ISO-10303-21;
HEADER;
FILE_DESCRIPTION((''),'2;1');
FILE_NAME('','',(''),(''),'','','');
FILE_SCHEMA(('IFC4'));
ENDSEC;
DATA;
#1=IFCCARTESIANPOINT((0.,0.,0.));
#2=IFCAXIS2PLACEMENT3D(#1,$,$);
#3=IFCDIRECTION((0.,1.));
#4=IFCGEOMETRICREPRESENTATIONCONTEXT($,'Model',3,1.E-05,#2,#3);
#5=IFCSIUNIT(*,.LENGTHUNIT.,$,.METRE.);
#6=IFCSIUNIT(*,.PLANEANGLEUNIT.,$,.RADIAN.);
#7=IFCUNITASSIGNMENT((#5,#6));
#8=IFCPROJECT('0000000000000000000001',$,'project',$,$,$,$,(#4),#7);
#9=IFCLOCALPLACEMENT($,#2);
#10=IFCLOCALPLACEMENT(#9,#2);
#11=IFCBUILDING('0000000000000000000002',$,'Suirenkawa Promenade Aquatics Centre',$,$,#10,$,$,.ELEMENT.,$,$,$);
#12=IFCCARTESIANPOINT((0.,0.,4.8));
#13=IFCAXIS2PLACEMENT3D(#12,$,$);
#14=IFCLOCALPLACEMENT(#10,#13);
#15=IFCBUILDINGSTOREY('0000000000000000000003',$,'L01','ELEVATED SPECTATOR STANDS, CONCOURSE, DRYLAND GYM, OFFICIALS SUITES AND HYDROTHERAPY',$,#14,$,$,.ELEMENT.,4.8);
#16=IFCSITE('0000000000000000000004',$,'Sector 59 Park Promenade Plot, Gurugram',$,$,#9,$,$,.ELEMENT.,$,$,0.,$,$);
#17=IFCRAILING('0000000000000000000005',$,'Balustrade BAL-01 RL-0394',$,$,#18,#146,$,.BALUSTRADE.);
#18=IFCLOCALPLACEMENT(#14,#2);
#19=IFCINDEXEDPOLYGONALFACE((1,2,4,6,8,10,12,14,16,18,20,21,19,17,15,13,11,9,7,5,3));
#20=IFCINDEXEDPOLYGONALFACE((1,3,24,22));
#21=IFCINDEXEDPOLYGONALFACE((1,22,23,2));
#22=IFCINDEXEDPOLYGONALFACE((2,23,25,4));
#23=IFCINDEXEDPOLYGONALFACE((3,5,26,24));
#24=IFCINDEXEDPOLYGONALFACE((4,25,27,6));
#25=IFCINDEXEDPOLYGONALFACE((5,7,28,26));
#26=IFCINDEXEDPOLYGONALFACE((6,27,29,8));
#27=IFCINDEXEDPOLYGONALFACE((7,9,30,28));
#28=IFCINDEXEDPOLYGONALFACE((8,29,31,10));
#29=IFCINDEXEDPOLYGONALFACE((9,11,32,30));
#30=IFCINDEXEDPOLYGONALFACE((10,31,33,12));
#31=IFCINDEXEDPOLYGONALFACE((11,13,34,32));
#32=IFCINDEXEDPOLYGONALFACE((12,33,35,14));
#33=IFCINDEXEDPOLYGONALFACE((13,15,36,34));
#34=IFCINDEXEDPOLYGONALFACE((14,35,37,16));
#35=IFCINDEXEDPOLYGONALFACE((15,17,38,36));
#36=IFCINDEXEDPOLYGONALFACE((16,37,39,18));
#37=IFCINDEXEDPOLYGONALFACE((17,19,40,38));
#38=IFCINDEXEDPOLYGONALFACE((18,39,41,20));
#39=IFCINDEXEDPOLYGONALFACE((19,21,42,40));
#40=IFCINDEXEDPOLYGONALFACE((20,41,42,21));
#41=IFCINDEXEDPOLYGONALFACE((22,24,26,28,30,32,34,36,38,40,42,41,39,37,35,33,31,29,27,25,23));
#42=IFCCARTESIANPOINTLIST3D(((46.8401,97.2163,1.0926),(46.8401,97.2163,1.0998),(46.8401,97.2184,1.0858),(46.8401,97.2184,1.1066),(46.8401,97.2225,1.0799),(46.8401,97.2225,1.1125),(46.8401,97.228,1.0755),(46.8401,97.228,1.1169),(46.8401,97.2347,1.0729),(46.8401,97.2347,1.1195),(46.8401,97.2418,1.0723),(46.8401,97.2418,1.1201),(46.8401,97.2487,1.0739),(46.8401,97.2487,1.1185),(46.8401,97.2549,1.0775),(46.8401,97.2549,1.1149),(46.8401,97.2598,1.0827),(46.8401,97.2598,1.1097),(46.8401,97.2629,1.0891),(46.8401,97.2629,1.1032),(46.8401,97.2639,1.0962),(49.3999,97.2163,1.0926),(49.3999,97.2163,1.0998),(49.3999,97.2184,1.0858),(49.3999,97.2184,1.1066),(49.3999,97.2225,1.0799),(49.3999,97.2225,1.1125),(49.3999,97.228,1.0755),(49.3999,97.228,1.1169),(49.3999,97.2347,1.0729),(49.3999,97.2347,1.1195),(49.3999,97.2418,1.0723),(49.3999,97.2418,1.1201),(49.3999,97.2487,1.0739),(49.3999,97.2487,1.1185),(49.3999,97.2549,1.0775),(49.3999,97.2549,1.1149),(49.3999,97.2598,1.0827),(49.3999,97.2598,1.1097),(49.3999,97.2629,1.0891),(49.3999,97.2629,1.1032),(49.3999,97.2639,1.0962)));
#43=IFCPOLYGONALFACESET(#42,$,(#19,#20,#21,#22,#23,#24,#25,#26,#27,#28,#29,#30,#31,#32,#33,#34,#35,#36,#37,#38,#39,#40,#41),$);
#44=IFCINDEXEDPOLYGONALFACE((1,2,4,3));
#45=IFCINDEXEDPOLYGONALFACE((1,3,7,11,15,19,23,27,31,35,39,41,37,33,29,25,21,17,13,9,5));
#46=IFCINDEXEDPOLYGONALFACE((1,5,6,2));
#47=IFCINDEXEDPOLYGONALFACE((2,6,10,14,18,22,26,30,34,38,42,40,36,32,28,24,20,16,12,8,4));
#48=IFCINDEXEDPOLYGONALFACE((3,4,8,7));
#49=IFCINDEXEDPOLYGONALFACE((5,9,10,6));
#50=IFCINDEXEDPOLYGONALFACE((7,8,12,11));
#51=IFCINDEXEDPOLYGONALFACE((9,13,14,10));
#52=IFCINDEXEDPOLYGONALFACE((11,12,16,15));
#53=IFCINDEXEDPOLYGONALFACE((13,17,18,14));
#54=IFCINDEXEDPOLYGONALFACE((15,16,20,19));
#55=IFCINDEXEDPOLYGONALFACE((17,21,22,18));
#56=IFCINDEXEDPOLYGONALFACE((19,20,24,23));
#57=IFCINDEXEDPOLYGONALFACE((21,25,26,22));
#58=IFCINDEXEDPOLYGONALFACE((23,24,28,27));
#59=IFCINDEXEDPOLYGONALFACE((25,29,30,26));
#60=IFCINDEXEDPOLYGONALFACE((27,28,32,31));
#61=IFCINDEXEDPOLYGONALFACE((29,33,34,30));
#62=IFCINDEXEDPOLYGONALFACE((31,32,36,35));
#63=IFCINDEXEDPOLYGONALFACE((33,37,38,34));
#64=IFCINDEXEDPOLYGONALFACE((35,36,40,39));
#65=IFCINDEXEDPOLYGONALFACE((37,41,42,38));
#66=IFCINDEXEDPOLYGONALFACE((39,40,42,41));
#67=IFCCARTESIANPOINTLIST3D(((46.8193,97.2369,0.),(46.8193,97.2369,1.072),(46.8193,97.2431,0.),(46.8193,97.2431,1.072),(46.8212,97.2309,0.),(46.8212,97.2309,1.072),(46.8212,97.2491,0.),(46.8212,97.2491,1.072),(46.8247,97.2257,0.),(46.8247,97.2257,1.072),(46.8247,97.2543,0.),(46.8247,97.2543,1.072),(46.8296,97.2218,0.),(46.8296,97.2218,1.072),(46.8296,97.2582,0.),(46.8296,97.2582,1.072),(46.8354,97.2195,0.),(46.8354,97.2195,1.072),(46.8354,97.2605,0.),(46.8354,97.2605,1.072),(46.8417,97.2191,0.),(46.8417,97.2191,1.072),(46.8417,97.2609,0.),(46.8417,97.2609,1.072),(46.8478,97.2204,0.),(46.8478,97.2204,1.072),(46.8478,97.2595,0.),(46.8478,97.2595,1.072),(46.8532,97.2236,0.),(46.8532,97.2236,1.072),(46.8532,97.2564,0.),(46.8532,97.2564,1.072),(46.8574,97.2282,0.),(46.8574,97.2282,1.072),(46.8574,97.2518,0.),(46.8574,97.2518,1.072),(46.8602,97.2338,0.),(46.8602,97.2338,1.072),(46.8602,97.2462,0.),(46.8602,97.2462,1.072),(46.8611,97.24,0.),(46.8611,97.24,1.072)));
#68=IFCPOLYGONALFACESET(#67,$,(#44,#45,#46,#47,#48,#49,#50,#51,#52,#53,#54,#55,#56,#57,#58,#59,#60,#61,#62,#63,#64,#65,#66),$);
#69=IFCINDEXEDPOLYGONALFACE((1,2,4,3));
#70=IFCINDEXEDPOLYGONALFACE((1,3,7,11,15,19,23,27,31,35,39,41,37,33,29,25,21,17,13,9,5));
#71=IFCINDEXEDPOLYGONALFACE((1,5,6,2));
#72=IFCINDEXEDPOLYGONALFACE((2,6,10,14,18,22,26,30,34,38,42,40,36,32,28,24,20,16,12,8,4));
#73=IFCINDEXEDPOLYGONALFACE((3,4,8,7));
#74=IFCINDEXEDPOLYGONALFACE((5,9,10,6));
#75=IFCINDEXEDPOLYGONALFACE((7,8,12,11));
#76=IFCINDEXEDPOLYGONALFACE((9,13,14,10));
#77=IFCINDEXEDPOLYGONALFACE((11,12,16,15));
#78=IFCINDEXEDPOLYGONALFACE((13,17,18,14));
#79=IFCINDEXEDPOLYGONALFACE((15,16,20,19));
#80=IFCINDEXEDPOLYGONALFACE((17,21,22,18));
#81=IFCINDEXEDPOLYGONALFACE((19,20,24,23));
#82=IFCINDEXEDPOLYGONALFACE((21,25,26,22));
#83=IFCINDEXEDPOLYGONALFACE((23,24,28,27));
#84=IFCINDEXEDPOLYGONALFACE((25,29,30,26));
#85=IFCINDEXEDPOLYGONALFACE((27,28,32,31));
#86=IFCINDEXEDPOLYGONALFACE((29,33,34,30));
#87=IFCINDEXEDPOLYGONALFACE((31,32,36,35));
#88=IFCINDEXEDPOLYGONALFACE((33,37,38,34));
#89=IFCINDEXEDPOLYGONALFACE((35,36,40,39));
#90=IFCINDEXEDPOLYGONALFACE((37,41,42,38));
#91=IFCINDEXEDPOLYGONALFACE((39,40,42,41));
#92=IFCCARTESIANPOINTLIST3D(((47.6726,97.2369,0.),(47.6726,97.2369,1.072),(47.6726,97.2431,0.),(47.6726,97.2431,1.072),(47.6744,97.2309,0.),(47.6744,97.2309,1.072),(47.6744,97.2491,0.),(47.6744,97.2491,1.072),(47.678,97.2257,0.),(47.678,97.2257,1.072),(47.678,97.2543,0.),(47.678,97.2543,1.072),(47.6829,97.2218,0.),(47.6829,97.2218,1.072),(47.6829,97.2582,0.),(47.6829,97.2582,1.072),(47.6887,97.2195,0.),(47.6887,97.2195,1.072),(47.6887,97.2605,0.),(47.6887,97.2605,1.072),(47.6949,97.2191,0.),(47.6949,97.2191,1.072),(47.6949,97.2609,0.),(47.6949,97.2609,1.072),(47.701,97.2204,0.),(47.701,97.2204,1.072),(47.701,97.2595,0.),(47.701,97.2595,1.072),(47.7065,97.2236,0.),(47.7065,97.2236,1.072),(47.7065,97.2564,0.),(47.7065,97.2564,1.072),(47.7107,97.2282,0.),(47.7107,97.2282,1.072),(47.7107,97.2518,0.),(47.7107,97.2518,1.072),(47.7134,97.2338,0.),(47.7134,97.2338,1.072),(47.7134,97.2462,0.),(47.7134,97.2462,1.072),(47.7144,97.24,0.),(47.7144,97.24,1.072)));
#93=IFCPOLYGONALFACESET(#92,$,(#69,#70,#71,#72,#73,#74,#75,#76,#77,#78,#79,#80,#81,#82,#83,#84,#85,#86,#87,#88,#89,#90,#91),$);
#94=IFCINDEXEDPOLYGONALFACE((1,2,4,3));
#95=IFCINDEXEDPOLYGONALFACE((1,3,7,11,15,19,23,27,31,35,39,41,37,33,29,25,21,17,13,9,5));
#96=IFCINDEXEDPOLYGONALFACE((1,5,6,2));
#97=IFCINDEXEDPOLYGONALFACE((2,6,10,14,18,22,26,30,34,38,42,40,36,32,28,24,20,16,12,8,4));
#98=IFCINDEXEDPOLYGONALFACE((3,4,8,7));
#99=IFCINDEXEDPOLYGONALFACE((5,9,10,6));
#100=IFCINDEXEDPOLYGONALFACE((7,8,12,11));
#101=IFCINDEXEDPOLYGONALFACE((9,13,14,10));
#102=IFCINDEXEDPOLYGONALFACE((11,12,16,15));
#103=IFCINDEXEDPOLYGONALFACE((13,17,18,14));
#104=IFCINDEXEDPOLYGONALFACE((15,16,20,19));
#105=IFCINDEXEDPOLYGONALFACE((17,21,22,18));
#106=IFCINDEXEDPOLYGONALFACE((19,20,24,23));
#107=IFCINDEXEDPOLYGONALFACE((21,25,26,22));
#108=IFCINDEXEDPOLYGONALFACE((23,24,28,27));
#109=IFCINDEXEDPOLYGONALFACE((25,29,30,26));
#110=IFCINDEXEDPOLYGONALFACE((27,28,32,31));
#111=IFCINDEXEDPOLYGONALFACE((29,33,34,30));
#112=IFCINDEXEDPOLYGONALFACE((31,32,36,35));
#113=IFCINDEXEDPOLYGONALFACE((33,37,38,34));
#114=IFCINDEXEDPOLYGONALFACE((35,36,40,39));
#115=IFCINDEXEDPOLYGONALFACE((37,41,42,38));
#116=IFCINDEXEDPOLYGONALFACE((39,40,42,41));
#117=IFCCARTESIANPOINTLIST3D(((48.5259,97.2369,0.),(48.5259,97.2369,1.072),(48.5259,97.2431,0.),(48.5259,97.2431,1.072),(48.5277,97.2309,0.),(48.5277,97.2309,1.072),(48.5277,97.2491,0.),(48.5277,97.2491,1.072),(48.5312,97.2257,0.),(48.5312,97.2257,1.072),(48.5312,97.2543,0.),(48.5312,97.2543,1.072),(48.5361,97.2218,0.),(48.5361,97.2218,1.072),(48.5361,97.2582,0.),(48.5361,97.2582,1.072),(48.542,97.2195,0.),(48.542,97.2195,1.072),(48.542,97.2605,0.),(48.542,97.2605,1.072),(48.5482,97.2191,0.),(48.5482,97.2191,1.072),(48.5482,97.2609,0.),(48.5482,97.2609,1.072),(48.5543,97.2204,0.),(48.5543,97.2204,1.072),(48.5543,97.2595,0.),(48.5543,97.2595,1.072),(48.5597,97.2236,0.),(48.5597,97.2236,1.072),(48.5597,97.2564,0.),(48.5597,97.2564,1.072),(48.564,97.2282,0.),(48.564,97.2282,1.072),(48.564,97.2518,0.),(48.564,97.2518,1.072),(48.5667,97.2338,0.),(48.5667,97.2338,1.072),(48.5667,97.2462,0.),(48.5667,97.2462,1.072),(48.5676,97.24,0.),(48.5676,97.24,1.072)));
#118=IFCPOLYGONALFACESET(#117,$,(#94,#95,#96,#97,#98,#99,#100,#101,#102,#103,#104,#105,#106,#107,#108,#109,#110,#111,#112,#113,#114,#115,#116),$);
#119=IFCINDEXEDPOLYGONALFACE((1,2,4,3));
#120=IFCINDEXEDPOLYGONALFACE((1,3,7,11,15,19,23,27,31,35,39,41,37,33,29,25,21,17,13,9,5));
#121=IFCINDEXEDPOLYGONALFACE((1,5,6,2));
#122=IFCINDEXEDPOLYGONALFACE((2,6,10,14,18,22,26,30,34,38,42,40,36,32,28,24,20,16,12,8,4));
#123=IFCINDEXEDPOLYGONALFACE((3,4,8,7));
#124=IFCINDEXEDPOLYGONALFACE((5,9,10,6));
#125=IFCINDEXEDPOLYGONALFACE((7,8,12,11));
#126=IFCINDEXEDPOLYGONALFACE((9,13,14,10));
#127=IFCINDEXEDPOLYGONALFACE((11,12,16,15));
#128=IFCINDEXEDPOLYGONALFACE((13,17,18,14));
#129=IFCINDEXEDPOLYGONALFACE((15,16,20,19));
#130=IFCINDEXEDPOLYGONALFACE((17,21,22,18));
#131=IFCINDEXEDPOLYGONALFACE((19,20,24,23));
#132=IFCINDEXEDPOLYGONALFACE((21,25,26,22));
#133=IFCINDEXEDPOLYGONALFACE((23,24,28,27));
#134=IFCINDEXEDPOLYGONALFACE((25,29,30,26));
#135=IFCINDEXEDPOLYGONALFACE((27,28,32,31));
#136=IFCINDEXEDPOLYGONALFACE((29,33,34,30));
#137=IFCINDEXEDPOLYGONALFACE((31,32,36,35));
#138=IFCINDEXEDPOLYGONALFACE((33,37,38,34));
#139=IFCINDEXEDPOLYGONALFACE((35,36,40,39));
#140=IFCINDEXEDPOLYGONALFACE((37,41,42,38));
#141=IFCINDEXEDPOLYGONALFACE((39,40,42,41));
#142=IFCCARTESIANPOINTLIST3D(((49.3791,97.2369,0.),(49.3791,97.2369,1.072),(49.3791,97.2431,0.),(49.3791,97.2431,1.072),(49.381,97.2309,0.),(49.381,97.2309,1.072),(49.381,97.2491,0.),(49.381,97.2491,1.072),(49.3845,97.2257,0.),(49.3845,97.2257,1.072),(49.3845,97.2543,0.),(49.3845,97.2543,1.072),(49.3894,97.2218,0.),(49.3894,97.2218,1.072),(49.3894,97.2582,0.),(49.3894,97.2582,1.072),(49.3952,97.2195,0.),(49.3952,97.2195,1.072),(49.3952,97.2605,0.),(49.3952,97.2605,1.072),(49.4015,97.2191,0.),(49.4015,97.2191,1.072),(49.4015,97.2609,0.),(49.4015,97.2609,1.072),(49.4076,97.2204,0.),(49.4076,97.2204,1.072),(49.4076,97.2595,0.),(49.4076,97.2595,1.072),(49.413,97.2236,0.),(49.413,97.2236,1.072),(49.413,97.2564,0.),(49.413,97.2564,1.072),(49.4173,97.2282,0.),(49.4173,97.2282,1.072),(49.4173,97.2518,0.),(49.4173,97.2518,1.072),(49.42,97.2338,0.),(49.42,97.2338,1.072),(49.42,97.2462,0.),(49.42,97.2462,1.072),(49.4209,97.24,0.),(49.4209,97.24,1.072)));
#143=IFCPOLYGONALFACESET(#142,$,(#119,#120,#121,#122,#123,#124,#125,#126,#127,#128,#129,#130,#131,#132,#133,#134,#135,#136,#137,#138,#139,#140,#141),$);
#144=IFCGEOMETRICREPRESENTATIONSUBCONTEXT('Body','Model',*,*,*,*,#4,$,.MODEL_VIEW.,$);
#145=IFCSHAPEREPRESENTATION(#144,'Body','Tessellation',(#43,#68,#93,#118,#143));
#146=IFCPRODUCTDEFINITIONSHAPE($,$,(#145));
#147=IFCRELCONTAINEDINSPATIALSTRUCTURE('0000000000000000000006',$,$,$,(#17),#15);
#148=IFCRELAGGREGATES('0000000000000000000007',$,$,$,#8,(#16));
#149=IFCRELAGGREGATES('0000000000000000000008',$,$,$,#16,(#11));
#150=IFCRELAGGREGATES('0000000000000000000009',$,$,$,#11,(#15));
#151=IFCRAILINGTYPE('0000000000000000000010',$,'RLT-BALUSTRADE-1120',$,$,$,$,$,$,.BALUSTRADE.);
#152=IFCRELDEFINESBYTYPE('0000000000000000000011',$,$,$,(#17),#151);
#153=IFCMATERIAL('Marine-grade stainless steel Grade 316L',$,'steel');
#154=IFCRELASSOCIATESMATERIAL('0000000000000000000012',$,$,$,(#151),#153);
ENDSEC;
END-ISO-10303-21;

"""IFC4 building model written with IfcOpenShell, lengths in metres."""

from ifc_helpers import new_model, si_unit, direction, frame, origin, origin_2d, place, context, subcontext, project, spatial, circle, extrude, material, type_object, element, save


model = new_model("IFC4")

# Units and contexts
model_context = context("Model", 3, precision=1e-05, world=origin(), true_north=direction((0.0, 1.0)))
body_context = subcontext(model_context, "Body", "Model", "MODEL_VIEW")
ifc_project = project(units=[si_unit("LENGTHUNIT", "METRE"), si_unit("PLANEANGLEUNIT", "RADIAN")], contexts=[model_context])

# Site, building, storey
site_placement = place(None, origin())
site = spatial("IfcSite", under=ifc_project, at=site_placement, Name="Sector 59 Park Promenade Plot, Gurugram", CompositionType="ELEMENT", RefElevation=0.0)
building_placement = place(site_placement, origin())
building = spatial("IfcBuilding", under=site, at=building_placement, Name="Suirenkawa Promenade Aquatics Centre", CompositionType="ELEMENT")
storey_placement = place(building_placement, frame((0.0, 0.0, 4.8)))
storey = spatial("IfcBuildingStorey", under=building, at=storey_placement, Name="L01", Description="ELEVATED SPECTATOR STANDS, CONCOURSE, DRYLAND GYM, OFFICIALS SUITES AND HYDROTHERAPY", CompositionType="ELEMENT", Elevation=4.8)

# Railing
ifc_material_1 = material(Name="Marine-grade stainless steel Grade 316L", Category="steel")
railing_type_1 = type_object("IfcRailingType", Name="RLT-BALUSTRADE-1120", PredefinedType="BALUSTRADE", material=ifc_material_1)
railing_1_placement = place(storey_placement, frame((46.8401, 97.24, 0.0)))
element("IfcRailing", 1, at=railing_1_placement, inside=storey, type_object=railing_type_1, Name="Balustrade BAL-01 RL-0394", PredefinedType="BALUSTRADE", context=body_context, shape_type="SweptSolid", body=[
    extrude(circle(Radius=0.0239, at=origin_2d()), frame((0.0, 0.0, 1.0962), z_axis=(1.0, 0.0, 0.0), x_axis=(0.0, 1.0, 0.0)), (0.0, 0.0, 1.0), 2.5598),
    extrude(circle(Radius=0.021, at=origin_2d()), origin(), (0.0, 0.0, 1.0), 1.072),
    extrude(circle(Radius=0.021, at=origin_2d()), frame((0.8533, 0.0, 0.0)), (0.0, 0.0, 1.0), 1.072),
    extrude(circle(Radius=0.021, at=origin_2d()), frame((1.7065, 0.0, 0.0)), (0.0, 0.0, 1.0), 1.072),
    extrude(circle(Radius=0.021, at=origin_2d()), frame((2.5598, 0.0, 0.0)), (0.0, 0.0, 1.0), 1.072),
])

save(model, "model.ifc")
